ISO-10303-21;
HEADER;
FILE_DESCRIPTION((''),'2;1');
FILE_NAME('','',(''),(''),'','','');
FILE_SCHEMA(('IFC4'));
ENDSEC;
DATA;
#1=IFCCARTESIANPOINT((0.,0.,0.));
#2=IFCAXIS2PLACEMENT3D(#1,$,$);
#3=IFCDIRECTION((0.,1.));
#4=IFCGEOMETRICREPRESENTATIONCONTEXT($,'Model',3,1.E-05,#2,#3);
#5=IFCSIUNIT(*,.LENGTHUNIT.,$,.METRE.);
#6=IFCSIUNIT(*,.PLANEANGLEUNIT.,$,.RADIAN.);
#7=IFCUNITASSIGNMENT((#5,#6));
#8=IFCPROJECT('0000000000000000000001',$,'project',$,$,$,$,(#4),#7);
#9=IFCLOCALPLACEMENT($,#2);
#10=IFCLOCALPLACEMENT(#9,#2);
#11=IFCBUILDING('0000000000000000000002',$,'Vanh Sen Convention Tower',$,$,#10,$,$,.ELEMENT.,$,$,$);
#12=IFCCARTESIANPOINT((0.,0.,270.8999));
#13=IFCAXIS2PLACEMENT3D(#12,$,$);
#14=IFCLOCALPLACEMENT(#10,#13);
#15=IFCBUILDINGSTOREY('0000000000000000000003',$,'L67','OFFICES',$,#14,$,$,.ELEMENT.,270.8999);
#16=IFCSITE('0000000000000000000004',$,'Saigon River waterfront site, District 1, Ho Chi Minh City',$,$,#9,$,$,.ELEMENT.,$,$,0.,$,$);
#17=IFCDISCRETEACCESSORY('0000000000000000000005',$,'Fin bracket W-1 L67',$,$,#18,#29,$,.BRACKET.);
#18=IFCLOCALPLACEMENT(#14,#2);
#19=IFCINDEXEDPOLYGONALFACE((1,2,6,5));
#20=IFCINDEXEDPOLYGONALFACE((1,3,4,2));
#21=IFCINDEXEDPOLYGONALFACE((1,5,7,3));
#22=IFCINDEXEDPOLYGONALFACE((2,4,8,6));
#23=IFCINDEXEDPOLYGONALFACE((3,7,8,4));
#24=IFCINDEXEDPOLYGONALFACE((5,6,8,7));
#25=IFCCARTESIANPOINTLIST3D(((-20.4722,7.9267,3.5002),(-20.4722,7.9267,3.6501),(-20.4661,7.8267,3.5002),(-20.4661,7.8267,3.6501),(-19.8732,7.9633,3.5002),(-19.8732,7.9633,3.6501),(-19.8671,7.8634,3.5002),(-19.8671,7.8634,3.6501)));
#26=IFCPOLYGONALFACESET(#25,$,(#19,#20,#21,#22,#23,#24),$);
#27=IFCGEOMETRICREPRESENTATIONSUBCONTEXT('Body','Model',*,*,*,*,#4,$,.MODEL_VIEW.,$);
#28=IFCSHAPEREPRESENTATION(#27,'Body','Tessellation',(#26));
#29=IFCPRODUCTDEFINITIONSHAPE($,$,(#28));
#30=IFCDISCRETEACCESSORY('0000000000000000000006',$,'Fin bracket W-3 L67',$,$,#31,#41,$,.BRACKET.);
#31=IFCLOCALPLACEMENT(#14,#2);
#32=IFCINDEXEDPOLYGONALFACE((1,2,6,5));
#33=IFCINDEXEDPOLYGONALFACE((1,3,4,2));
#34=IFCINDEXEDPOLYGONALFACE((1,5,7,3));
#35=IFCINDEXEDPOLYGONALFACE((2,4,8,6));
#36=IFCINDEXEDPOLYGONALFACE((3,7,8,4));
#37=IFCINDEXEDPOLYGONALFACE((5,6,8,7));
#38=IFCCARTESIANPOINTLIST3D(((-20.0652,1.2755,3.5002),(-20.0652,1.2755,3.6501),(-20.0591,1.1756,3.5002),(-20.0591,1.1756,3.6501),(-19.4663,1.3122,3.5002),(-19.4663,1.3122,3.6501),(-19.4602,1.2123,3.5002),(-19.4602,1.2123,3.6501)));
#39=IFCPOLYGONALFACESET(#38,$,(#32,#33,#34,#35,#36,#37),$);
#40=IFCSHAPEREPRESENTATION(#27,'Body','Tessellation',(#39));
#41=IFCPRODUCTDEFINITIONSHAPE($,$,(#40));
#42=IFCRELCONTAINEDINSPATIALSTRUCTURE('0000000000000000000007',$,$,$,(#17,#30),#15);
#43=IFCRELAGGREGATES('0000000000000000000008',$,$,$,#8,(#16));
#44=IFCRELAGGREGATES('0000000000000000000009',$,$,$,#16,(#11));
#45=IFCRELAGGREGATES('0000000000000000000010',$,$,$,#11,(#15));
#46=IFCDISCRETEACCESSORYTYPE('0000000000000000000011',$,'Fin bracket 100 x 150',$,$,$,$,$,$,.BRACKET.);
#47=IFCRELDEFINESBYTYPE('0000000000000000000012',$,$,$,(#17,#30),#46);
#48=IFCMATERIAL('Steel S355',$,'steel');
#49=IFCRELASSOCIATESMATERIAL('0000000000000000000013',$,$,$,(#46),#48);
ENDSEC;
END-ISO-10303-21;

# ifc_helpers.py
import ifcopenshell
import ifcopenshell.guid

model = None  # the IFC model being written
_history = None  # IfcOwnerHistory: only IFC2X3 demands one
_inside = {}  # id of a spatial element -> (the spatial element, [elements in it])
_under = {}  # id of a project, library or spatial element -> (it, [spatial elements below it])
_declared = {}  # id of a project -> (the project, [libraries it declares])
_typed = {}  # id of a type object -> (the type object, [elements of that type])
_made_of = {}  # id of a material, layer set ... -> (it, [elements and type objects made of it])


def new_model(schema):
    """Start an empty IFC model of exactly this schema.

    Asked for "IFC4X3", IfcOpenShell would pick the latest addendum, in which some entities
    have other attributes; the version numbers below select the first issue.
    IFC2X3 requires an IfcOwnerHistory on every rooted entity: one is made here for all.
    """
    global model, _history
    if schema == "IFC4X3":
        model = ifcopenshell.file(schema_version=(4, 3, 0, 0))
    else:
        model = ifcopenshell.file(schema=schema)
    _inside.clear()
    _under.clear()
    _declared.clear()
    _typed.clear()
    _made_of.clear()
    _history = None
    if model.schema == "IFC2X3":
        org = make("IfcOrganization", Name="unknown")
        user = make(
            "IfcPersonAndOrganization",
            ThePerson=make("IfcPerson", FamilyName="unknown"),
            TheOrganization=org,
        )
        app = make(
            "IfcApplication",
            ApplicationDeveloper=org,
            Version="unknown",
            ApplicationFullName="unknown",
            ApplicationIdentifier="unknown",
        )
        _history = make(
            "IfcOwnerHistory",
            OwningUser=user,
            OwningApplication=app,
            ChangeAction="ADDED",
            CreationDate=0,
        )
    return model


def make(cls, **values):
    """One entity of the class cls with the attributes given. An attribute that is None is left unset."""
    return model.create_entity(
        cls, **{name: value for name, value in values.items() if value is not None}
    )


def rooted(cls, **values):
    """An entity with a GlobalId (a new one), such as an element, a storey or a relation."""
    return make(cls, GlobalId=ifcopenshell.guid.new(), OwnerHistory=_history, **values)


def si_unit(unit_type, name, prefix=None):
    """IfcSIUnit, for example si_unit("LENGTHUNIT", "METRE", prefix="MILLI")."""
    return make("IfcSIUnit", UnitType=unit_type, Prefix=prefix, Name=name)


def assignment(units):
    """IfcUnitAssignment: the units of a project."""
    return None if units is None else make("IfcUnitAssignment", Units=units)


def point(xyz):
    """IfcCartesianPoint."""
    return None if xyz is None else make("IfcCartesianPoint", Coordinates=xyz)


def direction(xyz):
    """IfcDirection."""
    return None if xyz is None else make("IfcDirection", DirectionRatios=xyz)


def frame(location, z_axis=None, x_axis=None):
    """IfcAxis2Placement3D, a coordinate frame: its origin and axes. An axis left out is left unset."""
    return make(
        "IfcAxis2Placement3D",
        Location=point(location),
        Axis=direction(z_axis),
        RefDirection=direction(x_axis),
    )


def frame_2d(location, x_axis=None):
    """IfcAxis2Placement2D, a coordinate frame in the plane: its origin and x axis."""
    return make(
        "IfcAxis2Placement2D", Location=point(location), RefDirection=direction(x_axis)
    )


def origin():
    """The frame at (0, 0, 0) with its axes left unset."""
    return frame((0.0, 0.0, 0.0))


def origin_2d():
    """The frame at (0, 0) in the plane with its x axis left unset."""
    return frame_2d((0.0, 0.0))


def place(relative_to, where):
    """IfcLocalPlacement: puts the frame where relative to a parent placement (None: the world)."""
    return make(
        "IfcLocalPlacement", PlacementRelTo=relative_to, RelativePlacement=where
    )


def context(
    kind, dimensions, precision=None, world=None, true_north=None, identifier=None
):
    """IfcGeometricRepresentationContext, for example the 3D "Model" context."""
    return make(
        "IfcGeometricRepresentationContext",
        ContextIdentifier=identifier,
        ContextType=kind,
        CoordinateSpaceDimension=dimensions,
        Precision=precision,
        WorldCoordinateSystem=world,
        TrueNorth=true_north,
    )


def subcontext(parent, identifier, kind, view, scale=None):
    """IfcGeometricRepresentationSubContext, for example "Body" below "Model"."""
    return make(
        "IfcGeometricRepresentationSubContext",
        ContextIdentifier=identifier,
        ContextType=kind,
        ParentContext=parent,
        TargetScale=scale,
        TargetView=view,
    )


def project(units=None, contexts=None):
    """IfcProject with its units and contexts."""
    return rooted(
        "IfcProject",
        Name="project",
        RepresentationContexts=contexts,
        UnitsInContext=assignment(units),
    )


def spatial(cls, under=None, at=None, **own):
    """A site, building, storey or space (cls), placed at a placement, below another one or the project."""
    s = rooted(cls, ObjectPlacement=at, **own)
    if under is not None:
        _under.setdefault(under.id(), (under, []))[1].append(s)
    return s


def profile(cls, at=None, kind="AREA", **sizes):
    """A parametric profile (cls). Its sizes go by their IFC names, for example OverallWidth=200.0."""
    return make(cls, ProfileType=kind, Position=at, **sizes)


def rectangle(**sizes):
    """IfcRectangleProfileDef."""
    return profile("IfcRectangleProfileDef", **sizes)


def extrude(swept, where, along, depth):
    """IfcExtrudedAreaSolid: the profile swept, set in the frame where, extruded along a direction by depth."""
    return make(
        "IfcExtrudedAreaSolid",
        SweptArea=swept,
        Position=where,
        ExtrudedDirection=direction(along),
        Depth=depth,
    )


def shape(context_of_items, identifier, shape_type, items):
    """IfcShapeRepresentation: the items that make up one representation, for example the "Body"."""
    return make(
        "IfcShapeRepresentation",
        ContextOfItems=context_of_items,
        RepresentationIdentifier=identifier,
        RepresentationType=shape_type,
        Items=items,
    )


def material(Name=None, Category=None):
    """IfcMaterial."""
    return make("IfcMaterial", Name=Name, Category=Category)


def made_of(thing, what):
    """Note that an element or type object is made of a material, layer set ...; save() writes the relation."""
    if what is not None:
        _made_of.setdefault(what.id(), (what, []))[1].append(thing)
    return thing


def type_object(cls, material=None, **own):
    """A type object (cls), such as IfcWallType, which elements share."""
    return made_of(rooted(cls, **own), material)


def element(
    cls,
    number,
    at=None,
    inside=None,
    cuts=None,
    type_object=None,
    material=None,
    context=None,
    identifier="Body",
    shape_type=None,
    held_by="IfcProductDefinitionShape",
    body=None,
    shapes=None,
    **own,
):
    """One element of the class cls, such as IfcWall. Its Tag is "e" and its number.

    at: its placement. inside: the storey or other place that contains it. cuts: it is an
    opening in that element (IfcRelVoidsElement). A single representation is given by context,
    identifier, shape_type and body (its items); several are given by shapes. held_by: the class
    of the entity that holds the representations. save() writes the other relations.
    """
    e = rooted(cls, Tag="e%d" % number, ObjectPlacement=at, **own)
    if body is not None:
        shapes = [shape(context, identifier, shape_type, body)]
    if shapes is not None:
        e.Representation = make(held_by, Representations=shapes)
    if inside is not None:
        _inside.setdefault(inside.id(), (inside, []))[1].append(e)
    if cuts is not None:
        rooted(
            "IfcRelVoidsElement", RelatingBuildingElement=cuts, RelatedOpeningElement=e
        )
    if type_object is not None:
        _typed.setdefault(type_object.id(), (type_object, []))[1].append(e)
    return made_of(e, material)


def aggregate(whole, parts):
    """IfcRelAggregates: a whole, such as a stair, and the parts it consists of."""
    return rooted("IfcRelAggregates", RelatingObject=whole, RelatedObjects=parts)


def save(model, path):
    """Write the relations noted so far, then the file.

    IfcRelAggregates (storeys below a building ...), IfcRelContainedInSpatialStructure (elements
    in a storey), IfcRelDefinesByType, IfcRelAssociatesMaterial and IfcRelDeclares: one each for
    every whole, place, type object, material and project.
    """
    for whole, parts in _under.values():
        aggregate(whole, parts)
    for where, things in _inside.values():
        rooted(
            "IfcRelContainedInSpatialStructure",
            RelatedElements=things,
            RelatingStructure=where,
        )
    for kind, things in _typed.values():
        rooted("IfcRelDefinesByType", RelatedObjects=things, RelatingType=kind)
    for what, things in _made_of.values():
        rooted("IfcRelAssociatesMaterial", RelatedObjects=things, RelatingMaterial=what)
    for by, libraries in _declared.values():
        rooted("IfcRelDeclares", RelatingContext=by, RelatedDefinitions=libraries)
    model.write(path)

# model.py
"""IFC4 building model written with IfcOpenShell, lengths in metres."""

from ifc_helpers import new_model, si_unit, direction, frame, origin, origin_2d, place, context, subcontext, project, spatial, rectangle, extrude, material, type_object, element, save


model = new_model("IFC4")

# Units and contexts
model_context = context("Model", 3, precision=1e-05, world=origin(), true_north=direction((0.0, 1.0)))
body_context = subcontext(model_context, "Body", "Model", "MODEL_VIEW")
ifc_project = project(units=[si_unit("LENGTHUNIT", "METRE"), si_unit("PLANEANGLEUNIT", "RADIAN")], contexts=[model_context])

# Site, building, storey
site_placement = place(None, origin())
site = spatial("IfcSite", under=ifc_project, at=site_placement, Name="Saigon River waterfront site, District 1, Ho Chi Minh City", CompositionType="ELEMENT", RefElevation=0.0)
building_placement = place(site_placement, origin())
building = spatial("IfcBuilding", under=site, at=building_placement, Name="Vanh Sen Convention Tower", CompositionType="ELEMENT")
storey_placement = place(building_placement, frame((0.0, 0.0, 270.8999)))
storey = spatial("IfcBuildingStorey", under=building, at=storey_placement, Name="L67", Description="OFFICES", CompositionType="ELEMENT", Elevation=270.8999)

# Discrete accessories
ifc_material_1 = material(Name="Steel S355", Category="steel")
discrete_accessory_type = type_object("IfcDiscreteAccessoryType", Name="Fin bracket 100 x 150", PredefinedType="BRACKET", material=ifc_material_1)
for number, where, z_axis, x_axis, name in (
    (1, (-20.1697, 7.895, 3.5002), (0.0, 0.0, 1.0), (-0.998135, -0.061049, 0.0), "Fin bracket W-1 L67"),
    (2, (-19.7627, 1.2439, 3.5002), (0.0, 0.0, 1.0), (-0.998135, -0.061049, 0.0), "Fin bracket W-3 L67"),
):
    element("IfcDiscreteAccessory", number, at=place(storey_placement, frame(where, z_axis=z_axis, x_axis=x_axis)), inside=storey, type_object=discrete_accessory_type, Name=name, PredefinedType="BRACKET", context=body_context, shape_type="SweptSolid", body=[
        extrude(rectangle(XDim=0.6001, YDim=0.1001, at=origin_2d()), origin(), (0.0, 0.0, 1.0), 0.1499),
    ])

save(model, "model.ifc")
